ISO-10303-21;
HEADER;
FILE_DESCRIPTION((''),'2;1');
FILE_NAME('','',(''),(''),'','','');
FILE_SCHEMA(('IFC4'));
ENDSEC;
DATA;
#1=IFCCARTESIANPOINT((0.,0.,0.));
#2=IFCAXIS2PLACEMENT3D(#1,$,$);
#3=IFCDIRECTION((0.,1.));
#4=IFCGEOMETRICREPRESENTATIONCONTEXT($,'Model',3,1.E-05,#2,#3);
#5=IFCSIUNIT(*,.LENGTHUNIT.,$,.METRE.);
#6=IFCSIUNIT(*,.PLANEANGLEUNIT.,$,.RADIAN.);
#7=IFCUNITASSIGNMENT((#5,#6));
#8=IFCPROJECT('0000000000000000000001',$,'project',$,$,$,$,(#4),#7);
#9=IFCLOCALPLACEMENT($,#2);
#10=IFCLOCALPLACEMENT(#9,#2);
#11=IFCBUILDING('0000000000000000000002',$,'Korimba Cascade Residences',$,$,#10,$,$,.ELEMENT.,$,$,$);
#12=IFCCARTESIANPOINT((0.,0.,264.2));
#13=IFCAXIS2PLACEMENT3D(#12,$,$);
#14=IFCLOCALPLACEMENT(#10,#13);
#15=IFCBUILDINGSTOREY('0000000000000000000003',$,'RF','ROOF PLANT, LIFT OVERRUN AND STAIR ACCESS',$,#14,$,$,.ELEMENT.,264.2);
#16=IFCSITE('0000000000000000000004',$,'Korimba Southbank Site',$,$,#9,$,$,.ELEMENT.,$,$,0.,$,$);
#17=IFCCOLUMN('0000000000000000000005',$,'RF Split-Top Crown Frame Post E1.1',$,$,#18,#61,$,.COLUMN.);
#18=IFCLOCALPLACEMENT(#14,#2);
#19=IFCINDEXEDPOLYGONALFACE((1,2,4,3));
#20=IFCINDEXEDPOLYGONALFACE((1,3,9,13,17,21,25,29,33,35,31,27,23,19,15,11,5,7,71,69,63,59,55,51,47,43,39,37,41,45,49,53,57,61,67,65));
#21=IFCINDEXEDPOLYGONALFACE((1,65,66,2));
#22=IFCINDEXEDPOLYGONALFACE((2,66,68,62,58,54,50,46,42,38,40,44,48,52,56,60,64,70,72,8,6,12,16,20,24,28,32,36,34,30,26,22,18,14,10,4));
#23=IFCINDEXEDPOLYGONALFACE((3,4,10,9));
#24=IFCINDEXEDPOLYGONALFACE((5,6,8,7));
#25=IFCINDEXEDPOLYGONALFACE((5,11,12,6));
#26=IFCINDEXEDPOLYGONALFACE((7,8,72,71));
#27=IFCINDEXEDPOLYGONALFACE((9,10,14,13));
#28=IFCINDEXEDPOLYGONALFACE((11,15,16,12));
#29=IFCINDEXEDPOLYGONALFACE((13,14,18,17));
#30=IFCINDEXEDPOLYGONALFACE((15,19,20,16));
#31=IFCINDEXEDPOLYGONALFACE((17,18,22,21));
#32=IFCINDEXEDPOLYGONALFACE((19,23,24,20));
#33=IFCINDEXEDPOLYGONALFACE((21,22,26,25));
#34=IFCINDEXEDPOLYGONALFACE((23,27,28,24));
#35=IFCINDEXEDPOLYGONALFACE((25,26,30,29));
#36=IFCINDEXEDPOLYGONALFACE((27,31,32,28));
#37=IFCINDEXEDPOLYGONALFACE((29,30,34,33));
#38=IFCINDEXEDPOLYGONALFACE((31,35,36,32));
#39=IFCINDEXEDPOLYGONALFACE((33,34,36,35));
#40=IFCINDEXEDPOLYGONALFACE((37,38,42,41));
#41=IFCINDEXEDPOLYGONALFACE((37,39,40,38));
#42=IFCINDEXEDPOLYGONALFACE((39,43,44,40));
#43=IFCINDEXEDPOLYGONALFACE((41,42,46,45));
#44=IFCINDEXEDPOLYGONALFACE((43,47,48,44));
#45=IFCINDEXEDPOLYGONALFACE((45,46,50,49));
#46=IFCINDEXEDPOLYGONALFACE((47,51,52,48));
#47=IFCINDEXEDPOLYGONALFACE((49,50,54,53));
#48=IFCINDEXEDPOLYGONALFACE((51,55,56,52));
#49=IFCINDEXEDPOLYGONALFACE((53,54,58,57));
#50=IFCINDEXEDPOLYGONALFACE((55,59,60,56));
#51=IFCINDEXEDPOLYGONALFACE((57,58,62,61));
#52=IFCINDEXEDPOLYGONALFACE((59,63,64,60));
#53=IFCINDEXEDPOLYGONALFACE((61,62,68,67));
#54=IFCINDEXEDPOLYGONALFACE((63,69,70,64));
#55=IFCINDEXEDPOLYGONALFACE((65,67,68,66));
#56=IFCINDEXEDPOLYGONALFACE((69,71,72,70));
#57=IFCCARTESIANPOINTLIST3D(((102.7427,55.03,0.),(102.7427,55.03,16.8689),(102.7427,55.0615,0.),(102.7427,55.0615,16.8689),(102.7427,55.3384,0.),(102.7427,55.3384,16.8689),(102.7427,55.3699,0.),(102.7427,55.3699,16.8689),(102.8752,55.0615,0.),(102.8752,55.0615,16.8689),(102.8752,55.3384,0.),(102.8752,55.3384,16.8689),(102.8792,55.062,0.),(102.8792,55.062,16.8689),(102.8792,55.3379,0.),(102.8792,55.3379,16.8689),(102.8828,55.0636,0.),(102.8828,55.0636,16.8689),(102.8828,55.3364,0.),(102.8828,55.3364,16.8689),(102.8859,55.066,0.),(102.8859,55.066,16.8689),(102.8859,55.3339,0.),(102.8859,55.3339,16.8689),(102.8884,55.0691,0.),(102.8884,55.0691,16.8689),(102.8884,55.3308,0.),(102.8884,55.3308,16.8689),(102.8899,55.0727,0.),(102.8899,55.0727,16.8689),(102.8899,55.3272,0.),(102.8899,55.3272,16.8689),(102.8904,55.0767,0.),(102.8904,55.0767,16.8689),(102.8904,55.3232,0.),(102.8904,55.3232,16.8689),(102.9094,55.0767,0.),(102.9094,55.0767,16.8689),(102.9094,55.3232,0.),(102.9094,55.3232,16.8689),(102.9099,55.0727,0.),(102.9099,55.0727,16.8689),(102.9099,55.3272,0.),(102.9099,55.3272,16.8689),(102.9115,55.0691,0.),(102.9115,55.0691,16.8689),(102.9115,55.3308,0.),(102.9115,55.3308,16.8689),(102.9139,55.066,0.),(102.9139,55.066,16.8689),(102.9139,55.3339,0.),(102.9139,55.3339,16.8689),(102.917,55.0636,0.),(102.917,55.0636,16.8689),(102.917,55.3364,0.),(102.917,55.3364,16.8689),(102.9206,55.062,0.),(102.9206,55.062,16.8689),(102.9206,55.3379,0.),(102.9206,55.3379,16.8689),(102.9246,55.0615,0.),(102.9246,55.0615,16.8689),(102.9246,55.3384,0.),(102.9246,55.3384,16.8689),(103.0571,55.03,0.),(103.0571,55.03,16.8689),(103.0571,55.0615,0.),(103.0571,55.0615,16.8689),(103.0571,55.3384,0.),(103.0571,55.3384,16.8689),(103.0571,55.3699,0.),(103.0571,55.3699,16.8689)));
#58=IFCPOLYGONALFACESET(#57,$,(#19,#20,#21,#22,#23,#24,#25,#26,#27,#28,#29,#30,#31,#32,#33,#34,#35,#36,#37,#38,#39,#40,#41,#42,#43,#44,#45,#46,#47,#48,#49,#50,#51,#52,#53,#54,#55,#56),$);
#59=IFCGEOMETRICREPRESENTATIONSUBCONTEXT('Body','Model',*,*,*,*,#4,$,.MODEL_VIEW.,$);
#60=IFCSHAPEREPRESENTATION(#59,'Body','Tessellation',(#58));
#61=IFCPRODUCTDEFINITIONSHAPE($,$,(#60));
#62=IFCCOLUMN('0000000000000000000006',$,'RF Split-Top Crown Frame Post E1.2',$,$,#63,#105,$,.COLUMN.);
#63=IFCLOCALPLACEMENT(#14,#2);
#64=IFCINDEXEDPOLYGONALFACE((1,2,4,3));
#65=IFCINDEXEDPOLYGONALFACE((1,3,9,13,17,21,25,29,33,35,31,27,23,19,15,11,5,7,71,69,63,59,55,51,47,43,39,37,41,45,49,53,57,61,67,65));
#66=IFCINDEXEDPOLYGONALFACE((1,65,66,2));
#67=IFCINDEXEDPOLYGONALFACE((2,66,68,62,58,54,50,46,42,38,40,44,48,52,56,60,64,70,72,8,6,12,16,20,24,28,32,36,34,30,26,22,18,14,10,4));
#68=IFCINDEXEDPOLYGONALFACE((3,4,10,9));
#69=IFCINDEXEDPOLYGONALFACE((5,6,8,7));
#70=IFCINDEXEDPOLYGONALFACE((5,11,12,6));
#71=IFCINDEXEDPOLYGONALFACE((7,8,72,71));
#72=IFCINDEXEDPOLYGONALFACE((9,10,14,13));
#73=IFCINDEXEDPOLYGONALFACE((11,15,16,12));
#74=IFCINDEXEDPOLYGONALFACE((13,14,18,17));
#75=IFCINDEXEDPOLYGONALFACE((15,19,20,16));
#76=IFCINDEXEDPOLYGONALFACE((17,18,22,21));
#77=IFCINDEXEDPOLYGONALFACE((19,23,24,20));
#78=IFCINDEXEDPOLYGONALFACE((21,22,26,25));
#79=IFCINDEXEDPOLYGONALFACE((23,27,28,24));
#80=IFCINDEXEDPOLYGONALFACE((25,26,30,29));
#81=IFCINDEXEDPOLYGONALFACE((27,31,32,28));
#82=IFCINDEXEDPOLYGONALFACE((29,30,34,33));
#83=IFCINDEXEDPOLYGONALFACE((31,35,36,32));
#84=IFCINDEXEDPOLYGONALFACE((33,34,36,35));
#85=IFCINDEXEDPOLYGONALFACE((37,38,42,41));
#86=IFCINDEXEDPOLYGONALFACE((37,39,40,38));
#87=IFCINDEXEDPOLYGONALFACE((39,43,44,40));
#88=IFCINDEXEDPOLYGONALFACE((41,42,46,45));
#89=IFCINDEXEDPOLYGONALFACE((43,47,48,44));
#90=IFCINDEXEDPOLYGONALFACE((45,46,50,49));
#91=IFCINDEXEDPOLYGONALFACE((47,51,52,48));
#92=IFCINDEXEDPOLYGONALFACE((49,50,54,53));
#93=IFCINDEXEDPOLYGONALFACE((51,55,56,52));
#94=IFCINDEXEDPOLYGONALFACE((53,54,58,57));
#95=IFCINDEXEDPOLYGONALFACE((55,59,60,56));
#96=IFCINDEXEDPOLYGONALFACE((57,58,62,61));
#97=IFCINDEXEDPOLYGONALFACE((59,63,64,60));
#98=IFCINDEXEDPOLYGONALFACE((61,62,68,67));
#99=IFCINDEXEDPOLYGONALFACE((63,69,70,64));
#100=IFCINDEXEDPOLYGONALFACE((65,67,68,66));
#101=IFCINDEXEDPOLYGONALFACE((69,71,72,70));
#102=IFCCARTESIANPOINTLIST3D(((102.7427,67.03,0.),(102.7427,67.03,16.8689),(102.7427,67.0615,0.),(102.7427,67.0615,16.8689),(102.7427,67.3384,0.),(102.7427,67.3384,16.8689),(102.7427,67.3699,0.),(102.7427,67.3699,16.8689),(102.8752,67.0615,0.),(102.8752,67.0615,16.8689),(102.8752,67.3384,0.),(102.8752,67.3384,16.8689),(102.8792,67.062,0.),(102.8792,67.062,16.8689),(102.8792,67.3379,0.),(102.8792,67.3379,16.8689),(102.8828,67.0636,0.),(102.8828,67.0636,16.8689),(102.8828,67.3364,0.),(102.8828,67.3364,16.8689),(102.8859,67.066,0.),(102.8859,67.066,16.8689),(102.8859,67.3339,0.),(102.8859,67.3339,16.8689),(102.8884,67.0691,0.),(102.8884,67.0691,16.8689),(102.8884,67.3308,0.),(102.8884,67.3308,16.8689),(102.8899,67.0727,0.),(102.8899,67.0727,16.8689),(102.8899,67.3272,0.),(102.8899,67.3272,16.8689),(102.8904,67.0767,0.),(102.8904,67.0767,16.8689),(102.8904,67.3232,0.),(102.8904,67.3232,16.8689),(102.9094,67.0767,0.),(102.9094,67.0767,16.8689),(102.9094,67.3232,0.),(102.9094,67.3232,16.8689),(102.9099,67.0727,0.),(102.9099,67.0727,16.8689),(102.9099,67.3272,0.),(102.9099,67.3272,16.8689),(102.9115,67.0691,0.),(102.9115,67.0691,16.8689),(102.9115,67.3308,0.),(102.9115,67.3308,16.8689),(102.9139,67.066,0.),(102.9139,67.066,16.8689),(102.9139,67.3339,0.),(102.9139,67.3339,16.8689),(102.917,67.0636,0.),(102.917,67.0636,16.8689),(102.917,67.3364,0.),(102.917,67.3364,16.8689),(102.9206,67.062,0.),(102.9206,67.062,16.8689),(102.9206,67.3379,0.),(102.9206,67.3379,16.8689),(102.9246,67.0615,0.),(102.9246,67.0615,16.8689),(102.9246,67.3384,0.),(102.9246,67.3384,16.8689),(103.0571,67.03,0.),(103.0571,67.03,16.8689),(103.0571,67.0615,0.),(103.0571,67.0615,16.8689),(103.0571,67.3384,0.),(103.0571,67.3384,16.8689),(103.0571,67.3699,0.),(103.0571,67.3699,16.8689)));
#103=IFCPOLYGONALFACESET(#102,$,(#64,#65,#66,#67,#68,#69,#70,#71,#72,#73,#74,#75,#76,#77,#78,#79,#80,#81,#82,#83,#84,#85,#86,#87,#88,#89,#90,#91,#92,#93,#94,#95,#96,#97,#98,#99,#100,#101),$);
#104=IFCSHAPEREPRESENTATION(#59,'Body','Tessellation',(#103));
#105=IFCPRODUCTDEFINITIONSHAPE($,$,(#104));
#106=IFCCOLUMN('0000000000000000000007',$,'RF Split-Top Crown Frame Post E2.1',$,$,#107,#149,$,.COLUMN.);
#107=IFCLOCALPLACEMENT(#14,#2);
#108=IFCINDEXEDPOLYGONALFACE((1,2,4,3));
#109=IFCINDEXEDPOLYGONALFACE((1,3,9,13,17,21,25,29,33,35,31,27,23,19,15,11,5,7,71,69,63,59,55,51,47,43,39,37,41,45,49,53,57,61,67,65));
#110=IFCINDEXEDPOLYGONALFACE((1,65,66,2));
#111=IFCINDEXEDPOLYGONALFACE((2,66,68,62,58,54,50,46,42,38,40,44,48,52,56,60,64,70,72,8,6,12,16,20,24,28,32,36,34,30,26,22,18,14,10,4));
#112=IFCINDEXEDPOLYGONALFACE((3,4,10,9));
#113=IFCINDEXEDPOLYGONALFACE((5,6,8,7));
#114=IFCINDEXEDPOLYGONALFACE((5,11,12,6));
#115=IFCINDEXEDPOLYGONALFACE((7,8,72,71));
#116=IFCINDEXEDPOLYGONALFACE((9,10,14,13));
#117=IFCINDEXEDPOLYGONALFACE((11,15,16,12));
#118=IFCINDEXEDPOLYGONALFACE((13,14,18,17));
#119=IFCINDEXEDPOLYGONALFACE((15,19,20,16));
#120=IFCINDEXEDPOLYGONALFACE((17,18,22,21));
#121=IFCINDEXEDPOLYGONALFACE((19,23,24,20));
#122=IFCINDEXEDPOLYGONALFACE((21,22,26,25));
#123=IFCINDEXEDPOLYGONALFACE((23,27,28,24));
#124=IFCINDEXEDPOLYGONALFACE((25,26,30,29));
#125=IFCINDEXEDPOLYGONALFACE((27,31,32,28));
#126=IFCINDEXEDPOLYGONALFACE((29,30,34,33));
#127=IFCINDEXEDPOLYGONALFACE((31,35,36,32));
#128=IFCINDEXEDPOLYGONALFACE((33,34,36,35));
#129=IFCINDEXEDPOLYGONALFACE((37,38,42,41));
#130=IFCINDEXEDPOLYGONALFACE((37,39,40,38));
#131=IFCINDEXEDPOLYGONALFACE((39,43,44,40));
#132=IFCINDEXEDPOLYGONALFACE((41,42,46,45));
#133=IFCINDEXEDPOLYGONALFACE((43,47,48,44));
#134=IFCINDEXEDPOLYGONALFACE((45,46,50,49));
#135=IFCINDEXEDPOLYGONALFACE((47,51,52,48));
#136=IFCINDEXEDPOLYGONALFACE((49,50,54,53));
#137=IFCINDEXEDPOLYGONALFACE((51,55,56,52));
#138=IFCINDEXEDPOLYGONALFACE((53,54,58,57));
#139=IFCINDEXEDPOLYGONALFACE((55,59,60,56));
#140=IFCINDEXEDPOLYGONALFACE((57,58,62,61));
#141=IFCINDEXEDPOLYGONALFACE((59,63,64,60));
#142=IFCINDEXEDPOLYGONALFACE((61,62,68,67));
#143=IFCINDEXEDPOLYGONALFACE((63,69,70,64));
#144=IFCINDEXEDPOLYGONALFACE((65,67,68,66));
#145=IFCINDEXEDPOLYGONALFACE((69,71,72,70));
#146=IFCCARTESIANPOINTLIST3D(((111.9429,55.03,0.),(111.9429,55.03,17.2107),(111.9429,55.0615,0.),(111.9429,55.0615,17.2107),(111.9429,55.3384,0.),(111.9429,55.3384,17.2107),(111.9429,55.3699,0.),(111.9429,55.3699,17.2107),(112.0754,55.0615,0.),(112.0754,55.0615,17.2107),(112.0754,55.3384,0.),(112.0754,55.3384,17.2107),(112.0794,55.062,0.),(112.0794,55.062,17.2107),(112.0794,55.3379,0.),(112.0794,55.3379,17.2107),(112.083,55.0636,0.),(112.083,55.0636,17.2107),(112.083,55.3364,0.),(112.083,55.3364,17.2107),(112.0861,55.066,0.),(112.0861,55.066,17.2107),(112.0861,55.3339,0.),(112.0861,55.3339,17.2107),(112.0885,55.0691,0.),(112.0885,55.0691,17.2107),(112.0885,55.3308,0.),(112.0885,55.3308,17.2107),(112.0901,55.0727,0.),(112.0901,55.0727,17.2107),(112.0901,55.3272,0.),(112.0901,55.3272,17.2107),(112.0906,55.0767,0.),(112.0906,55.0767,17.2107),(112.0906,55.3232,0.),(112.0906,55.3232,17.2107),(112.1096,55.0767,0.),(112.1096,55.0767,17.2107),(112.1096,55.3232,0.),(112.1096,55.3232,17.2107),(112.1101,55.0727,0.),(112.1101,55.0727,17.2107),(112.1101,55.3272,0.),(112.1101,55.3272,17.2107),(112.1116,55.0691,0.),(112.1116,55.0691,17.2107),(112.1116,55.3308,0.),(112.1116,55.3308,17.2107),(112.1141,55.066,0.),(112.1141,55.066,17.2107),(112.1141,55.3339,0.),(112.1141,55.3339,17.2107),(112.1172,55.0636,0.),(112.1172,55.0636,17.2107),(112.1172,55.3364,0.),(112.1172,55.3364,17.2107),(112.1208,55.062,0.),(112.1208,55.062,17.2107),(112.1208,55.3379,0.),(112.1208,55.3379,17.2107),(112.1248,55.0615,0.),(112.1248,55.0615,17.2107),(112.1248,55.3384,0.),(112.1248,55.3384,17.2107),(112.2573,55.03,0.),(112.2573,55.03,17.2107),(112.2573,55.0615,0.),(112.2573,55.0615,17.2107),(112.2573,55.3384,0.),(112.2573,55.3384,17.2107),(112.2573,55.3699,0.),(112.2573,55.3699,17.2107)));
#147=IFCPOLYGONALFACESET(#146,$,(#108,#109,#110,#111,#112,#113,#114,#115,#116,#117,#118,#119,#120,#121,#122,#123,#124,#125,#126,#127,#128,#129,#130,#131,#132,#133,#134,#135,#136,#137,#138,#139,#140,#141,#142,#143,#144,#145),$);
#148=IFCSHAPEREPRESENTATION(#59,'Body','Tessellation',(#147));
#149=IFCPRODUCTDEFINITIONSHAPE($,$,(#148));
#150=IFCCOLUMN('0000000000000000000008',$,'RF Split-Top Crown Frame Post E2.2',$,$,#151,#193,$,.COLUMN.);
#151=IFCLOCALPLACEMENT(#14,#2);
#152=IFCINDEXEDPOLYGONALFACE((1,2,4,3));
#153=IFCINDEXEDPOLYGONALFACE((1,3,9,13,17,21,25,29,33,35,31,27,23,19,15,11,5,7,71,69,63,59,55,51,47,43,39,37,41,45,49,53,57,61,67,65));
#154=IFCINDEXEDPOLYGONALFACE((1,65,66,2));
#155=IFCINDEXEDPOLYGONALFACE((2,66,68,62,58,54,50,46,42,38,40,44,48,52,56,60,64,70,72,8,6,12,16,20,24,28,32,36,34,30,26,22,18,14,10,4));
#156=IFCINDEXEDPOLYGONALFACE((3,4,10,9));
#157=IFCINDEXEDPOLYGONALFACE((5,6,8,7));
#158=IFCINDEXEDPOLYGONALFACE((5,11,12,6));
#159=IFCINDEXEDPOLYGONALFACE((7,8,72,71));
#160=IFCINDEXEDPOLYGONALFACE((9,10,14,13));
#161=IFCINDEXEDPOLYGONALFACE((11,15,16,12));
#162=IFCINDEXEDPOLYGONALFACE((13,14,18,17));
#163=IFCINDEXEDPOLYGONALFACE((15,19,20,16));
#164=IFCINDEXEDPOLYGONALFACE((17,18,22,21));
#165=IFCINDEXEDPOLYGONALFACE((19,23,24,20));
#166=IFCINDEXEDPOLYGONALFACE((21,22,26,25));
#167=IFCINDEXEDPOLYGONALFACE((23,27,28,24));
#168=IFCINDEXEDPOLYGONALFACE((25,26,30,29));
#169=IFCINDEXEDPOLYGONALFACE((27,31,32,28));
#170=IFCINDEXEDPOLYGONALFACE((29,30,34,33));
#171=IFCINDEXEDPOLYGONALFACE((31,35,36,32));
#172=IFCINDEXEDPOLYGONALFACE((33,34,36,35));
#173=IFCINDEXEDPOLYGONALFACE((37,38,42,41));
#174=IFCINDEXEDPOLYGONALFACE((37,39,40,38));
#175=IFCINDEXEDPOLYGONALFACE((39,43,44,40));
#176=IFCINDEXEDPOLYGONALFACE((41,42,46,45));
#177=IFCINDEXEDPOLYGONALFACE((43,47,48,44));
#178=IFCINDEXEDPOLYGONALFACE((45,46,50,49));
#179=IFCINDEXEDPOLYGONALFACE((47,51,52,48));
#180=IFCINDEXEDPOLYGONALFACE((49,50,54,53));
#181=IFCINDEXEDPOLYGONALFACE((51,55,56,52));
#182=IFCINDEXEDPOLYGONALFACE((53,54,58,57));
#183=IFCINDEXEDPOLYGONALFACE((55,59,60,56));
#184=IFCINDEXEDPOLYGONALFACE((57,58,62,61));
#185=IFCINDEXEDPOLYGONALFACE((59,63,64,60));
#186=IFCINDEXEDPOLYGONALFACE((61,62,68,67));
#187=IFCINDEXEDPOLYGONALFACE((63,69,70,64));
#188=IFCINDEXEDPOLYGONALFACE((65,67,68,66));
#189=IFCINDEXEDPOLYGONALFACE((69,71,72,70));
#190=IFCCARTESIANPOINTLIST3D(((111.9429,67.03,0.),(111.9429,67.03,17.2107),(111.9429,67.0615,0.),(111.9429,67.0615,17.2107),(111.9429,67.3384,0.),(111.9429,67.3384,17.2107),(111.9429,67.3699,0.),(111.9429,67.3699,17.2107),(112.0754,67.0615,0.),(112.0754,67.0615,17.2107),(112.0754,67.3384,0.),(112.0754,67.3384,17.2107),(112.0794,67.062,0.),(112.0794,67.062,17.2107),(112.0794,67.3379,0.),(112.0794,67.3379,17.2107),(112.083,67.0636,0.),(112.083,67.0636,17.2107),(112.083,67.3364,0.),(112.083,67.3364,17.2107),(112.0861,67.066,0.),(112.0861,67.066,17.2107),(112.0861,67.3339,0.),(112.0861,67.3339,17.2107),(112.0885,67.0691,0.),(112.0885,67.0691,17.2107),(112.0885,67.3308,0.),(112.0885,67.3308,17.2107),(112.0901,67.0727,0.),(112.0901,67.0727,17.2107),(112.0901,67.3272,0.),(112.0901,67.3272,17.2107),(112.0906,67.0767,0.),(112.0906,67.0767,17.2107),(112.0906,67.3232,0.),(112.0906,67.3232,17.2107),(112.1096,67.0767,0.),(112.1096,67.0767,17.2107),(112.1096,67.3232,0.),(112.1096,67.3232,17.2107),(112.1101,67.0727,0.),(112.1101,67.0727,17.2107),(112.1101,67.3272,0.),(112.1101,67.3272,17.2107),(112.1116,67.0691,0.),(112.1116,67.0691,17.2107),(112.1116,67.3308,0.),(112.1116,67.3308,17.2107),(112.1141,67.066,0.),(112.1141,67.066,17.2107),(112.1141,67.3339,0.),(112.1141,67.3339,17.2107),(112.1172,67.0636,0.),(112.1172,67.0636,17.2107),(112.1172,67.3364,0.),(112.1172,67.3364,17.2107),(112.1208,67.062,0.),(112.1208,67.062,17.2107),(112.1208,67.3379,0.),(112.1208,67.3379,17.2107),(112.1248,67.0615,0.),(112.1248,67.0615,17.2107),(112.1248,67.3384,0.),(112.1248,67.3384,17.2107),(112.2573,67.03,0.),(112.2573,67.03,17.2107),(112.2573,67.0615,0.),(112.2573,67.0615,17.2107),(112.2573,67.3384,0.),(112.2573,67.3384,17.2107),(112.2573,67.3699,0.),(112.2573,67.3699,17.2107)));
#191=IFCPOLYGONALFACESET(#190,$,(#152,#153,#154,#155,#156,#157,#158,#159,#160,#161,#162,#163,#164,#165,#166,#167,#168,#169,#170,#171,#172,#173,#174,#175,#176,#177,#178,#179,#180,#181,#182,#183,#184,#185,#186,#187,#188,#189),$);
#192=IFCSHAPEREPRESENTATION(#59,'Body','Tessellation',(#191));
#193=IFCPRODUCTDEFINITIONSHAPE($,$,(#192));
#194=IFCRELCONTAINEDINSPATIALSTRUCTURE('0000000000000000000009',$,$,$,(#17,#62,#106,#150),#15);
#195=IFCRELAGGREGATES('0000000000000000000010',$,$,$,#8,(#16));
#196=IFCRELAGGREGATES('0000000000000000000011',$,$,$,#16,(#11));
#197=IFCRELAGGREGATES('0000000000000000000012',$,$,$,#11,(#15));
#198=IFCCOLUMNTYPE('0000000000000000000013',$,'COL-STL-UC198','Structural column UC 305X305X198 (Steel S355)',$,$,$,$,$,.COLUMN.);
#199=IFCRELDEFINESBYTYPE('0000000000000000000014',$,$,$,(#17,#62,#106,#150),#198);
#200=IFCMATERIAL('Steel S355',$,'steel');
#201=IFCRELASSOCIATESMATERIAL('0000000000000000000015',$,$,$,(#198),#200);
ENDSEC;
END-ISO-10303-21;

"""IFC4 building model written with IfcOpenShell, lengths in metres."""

from ifc_helpers import new_model, si_unit, direction, frame, origin, origin_2d, place, context, subcontext, project, spatial, i_section, extrude, material, material_profile, profile_set, type_object, element, save


model = new_model("IFC4")

# Units and contexts
model_context = context("Model", 3, precision=1e-05, world=origin(), true_north=direction((0.0, 1.0)))
body_context = subcontext(model_context, "Body", "Model", "MODEL_VIEW")
ifc_project = project(units=[si_unit("LENGTHUNIT", "METRE"), si_unit("PLANEANGLEUNIT", "RADIAN")], contexts=[model_context])

# Site, building, storey
site_placement = place(None, origin())
site = spatial("IfcSite", under=ifc_project, at=site_placement, Name="Korimba Southbank Site", CompositionType="ELEMENT", RefElevation=0.0)
building_placement = place(site_placement, origin())
building = spatial("IfcBuilding", under=site, at=building_placement, Name="Korimba Cascade Residences", CompositionType="ELEMENT")
storey_placement = place(building_placement, frame((0.0, 0.0, 264.2)))
storey = spatial("IfcBuildingStorey", under=building, at=storey_placement, Name="RF", Description="ROOF PLANT, LIFT OVERRUN AND STAIR ACCESS", CompositionType="ELEMENT", Elevation=264.2)

# Columns
ifc_material_1 = material(Name="Steel S355", Category="steel")
ifc_material_profile_1 = material_profile(ifc_material_1, i_section(OverallWidth=0.3145, OverallDepth=0.3398, WebThickness=0.019, FlangeThickness=0.0315, FilletRadius=0.0151, at=origin_2d()), Name="Steel S355")
ifc_profile_set_1 = profile_set([ifc_material_profile_1], Name="Steel S355")
column_type = type_object("IfcColumnType", Name="COL-STL-UC198", Description="Structural column UC 305X305X198 (Steel S355)", PredefinedType="COLUMN", material=ifc_profile_set_1)
for number, where, z_axis, x_axis, name in (
    (1, (102.8999, 55.2, 0.0), (0.0, 0.0, 1.0), (1.0, 0.0, 0.0), "RF Split-Top Crown Frame Post E1.1"),
    (2, (102.8999, 67.2, 0.0), (0.0, 0.0, 1.0), (1.0, 0.0, 0.0), "RF Split-Top Crown Frame Post E1.2"),
):
    element("IfcColumn", number, at=place(storey_placement, frame(where, z_axis=z_axis, x_axis=x_axis)), inside=storey, type_object=column_type, Name=name, PredefinedType="COLUMN", context=body_context, shape_type="SweptSolid", body=[
        extrude(i_section(OverallWidth=0.3145, OverallDepth=0.3398, WebThickness=0.019, FlangeThickness=0.0315, FilletRadius=0.0151, at=origin_2d()), origin(), (0.0, 0.0, 1.0), 16.8689),
    ])
for number, where, z_axis, x_axis, name in (
    (3, (112.1001, 55.2, 0.0), (0.0, 0.0, 1.0), (1.0, 0.0, 0.0), "RF Split-Top Crown Frame Post E2.1"),
    (4, (112.1001, 67.2, 0.0), (0.0, 0.0, 1.0), (1.0, 0.0, 0.0), "RF Split-Top Crown Frame Post E2.2"),
):
    element("IfcColumn", number, at=place(storey_placement, frame(where, z_axis=z_axis, x_axis=x_axis)), inside=storey, type_object=column_type, Name=name, PredefinedType="COLUMN", context=body_context, shape_type="SweptSolid", body=[
        extrude(i_section(OverallWidth=0.3145, OverallDepth=0.3398, WebThickness=0.019, FlangeThickness=0.0315, FilletRadius=0.0151, at=origin_2d()), origin(), (0.0, 0.0, 1.0), 17.2107),
    ])

save(model, "model.ifc")
